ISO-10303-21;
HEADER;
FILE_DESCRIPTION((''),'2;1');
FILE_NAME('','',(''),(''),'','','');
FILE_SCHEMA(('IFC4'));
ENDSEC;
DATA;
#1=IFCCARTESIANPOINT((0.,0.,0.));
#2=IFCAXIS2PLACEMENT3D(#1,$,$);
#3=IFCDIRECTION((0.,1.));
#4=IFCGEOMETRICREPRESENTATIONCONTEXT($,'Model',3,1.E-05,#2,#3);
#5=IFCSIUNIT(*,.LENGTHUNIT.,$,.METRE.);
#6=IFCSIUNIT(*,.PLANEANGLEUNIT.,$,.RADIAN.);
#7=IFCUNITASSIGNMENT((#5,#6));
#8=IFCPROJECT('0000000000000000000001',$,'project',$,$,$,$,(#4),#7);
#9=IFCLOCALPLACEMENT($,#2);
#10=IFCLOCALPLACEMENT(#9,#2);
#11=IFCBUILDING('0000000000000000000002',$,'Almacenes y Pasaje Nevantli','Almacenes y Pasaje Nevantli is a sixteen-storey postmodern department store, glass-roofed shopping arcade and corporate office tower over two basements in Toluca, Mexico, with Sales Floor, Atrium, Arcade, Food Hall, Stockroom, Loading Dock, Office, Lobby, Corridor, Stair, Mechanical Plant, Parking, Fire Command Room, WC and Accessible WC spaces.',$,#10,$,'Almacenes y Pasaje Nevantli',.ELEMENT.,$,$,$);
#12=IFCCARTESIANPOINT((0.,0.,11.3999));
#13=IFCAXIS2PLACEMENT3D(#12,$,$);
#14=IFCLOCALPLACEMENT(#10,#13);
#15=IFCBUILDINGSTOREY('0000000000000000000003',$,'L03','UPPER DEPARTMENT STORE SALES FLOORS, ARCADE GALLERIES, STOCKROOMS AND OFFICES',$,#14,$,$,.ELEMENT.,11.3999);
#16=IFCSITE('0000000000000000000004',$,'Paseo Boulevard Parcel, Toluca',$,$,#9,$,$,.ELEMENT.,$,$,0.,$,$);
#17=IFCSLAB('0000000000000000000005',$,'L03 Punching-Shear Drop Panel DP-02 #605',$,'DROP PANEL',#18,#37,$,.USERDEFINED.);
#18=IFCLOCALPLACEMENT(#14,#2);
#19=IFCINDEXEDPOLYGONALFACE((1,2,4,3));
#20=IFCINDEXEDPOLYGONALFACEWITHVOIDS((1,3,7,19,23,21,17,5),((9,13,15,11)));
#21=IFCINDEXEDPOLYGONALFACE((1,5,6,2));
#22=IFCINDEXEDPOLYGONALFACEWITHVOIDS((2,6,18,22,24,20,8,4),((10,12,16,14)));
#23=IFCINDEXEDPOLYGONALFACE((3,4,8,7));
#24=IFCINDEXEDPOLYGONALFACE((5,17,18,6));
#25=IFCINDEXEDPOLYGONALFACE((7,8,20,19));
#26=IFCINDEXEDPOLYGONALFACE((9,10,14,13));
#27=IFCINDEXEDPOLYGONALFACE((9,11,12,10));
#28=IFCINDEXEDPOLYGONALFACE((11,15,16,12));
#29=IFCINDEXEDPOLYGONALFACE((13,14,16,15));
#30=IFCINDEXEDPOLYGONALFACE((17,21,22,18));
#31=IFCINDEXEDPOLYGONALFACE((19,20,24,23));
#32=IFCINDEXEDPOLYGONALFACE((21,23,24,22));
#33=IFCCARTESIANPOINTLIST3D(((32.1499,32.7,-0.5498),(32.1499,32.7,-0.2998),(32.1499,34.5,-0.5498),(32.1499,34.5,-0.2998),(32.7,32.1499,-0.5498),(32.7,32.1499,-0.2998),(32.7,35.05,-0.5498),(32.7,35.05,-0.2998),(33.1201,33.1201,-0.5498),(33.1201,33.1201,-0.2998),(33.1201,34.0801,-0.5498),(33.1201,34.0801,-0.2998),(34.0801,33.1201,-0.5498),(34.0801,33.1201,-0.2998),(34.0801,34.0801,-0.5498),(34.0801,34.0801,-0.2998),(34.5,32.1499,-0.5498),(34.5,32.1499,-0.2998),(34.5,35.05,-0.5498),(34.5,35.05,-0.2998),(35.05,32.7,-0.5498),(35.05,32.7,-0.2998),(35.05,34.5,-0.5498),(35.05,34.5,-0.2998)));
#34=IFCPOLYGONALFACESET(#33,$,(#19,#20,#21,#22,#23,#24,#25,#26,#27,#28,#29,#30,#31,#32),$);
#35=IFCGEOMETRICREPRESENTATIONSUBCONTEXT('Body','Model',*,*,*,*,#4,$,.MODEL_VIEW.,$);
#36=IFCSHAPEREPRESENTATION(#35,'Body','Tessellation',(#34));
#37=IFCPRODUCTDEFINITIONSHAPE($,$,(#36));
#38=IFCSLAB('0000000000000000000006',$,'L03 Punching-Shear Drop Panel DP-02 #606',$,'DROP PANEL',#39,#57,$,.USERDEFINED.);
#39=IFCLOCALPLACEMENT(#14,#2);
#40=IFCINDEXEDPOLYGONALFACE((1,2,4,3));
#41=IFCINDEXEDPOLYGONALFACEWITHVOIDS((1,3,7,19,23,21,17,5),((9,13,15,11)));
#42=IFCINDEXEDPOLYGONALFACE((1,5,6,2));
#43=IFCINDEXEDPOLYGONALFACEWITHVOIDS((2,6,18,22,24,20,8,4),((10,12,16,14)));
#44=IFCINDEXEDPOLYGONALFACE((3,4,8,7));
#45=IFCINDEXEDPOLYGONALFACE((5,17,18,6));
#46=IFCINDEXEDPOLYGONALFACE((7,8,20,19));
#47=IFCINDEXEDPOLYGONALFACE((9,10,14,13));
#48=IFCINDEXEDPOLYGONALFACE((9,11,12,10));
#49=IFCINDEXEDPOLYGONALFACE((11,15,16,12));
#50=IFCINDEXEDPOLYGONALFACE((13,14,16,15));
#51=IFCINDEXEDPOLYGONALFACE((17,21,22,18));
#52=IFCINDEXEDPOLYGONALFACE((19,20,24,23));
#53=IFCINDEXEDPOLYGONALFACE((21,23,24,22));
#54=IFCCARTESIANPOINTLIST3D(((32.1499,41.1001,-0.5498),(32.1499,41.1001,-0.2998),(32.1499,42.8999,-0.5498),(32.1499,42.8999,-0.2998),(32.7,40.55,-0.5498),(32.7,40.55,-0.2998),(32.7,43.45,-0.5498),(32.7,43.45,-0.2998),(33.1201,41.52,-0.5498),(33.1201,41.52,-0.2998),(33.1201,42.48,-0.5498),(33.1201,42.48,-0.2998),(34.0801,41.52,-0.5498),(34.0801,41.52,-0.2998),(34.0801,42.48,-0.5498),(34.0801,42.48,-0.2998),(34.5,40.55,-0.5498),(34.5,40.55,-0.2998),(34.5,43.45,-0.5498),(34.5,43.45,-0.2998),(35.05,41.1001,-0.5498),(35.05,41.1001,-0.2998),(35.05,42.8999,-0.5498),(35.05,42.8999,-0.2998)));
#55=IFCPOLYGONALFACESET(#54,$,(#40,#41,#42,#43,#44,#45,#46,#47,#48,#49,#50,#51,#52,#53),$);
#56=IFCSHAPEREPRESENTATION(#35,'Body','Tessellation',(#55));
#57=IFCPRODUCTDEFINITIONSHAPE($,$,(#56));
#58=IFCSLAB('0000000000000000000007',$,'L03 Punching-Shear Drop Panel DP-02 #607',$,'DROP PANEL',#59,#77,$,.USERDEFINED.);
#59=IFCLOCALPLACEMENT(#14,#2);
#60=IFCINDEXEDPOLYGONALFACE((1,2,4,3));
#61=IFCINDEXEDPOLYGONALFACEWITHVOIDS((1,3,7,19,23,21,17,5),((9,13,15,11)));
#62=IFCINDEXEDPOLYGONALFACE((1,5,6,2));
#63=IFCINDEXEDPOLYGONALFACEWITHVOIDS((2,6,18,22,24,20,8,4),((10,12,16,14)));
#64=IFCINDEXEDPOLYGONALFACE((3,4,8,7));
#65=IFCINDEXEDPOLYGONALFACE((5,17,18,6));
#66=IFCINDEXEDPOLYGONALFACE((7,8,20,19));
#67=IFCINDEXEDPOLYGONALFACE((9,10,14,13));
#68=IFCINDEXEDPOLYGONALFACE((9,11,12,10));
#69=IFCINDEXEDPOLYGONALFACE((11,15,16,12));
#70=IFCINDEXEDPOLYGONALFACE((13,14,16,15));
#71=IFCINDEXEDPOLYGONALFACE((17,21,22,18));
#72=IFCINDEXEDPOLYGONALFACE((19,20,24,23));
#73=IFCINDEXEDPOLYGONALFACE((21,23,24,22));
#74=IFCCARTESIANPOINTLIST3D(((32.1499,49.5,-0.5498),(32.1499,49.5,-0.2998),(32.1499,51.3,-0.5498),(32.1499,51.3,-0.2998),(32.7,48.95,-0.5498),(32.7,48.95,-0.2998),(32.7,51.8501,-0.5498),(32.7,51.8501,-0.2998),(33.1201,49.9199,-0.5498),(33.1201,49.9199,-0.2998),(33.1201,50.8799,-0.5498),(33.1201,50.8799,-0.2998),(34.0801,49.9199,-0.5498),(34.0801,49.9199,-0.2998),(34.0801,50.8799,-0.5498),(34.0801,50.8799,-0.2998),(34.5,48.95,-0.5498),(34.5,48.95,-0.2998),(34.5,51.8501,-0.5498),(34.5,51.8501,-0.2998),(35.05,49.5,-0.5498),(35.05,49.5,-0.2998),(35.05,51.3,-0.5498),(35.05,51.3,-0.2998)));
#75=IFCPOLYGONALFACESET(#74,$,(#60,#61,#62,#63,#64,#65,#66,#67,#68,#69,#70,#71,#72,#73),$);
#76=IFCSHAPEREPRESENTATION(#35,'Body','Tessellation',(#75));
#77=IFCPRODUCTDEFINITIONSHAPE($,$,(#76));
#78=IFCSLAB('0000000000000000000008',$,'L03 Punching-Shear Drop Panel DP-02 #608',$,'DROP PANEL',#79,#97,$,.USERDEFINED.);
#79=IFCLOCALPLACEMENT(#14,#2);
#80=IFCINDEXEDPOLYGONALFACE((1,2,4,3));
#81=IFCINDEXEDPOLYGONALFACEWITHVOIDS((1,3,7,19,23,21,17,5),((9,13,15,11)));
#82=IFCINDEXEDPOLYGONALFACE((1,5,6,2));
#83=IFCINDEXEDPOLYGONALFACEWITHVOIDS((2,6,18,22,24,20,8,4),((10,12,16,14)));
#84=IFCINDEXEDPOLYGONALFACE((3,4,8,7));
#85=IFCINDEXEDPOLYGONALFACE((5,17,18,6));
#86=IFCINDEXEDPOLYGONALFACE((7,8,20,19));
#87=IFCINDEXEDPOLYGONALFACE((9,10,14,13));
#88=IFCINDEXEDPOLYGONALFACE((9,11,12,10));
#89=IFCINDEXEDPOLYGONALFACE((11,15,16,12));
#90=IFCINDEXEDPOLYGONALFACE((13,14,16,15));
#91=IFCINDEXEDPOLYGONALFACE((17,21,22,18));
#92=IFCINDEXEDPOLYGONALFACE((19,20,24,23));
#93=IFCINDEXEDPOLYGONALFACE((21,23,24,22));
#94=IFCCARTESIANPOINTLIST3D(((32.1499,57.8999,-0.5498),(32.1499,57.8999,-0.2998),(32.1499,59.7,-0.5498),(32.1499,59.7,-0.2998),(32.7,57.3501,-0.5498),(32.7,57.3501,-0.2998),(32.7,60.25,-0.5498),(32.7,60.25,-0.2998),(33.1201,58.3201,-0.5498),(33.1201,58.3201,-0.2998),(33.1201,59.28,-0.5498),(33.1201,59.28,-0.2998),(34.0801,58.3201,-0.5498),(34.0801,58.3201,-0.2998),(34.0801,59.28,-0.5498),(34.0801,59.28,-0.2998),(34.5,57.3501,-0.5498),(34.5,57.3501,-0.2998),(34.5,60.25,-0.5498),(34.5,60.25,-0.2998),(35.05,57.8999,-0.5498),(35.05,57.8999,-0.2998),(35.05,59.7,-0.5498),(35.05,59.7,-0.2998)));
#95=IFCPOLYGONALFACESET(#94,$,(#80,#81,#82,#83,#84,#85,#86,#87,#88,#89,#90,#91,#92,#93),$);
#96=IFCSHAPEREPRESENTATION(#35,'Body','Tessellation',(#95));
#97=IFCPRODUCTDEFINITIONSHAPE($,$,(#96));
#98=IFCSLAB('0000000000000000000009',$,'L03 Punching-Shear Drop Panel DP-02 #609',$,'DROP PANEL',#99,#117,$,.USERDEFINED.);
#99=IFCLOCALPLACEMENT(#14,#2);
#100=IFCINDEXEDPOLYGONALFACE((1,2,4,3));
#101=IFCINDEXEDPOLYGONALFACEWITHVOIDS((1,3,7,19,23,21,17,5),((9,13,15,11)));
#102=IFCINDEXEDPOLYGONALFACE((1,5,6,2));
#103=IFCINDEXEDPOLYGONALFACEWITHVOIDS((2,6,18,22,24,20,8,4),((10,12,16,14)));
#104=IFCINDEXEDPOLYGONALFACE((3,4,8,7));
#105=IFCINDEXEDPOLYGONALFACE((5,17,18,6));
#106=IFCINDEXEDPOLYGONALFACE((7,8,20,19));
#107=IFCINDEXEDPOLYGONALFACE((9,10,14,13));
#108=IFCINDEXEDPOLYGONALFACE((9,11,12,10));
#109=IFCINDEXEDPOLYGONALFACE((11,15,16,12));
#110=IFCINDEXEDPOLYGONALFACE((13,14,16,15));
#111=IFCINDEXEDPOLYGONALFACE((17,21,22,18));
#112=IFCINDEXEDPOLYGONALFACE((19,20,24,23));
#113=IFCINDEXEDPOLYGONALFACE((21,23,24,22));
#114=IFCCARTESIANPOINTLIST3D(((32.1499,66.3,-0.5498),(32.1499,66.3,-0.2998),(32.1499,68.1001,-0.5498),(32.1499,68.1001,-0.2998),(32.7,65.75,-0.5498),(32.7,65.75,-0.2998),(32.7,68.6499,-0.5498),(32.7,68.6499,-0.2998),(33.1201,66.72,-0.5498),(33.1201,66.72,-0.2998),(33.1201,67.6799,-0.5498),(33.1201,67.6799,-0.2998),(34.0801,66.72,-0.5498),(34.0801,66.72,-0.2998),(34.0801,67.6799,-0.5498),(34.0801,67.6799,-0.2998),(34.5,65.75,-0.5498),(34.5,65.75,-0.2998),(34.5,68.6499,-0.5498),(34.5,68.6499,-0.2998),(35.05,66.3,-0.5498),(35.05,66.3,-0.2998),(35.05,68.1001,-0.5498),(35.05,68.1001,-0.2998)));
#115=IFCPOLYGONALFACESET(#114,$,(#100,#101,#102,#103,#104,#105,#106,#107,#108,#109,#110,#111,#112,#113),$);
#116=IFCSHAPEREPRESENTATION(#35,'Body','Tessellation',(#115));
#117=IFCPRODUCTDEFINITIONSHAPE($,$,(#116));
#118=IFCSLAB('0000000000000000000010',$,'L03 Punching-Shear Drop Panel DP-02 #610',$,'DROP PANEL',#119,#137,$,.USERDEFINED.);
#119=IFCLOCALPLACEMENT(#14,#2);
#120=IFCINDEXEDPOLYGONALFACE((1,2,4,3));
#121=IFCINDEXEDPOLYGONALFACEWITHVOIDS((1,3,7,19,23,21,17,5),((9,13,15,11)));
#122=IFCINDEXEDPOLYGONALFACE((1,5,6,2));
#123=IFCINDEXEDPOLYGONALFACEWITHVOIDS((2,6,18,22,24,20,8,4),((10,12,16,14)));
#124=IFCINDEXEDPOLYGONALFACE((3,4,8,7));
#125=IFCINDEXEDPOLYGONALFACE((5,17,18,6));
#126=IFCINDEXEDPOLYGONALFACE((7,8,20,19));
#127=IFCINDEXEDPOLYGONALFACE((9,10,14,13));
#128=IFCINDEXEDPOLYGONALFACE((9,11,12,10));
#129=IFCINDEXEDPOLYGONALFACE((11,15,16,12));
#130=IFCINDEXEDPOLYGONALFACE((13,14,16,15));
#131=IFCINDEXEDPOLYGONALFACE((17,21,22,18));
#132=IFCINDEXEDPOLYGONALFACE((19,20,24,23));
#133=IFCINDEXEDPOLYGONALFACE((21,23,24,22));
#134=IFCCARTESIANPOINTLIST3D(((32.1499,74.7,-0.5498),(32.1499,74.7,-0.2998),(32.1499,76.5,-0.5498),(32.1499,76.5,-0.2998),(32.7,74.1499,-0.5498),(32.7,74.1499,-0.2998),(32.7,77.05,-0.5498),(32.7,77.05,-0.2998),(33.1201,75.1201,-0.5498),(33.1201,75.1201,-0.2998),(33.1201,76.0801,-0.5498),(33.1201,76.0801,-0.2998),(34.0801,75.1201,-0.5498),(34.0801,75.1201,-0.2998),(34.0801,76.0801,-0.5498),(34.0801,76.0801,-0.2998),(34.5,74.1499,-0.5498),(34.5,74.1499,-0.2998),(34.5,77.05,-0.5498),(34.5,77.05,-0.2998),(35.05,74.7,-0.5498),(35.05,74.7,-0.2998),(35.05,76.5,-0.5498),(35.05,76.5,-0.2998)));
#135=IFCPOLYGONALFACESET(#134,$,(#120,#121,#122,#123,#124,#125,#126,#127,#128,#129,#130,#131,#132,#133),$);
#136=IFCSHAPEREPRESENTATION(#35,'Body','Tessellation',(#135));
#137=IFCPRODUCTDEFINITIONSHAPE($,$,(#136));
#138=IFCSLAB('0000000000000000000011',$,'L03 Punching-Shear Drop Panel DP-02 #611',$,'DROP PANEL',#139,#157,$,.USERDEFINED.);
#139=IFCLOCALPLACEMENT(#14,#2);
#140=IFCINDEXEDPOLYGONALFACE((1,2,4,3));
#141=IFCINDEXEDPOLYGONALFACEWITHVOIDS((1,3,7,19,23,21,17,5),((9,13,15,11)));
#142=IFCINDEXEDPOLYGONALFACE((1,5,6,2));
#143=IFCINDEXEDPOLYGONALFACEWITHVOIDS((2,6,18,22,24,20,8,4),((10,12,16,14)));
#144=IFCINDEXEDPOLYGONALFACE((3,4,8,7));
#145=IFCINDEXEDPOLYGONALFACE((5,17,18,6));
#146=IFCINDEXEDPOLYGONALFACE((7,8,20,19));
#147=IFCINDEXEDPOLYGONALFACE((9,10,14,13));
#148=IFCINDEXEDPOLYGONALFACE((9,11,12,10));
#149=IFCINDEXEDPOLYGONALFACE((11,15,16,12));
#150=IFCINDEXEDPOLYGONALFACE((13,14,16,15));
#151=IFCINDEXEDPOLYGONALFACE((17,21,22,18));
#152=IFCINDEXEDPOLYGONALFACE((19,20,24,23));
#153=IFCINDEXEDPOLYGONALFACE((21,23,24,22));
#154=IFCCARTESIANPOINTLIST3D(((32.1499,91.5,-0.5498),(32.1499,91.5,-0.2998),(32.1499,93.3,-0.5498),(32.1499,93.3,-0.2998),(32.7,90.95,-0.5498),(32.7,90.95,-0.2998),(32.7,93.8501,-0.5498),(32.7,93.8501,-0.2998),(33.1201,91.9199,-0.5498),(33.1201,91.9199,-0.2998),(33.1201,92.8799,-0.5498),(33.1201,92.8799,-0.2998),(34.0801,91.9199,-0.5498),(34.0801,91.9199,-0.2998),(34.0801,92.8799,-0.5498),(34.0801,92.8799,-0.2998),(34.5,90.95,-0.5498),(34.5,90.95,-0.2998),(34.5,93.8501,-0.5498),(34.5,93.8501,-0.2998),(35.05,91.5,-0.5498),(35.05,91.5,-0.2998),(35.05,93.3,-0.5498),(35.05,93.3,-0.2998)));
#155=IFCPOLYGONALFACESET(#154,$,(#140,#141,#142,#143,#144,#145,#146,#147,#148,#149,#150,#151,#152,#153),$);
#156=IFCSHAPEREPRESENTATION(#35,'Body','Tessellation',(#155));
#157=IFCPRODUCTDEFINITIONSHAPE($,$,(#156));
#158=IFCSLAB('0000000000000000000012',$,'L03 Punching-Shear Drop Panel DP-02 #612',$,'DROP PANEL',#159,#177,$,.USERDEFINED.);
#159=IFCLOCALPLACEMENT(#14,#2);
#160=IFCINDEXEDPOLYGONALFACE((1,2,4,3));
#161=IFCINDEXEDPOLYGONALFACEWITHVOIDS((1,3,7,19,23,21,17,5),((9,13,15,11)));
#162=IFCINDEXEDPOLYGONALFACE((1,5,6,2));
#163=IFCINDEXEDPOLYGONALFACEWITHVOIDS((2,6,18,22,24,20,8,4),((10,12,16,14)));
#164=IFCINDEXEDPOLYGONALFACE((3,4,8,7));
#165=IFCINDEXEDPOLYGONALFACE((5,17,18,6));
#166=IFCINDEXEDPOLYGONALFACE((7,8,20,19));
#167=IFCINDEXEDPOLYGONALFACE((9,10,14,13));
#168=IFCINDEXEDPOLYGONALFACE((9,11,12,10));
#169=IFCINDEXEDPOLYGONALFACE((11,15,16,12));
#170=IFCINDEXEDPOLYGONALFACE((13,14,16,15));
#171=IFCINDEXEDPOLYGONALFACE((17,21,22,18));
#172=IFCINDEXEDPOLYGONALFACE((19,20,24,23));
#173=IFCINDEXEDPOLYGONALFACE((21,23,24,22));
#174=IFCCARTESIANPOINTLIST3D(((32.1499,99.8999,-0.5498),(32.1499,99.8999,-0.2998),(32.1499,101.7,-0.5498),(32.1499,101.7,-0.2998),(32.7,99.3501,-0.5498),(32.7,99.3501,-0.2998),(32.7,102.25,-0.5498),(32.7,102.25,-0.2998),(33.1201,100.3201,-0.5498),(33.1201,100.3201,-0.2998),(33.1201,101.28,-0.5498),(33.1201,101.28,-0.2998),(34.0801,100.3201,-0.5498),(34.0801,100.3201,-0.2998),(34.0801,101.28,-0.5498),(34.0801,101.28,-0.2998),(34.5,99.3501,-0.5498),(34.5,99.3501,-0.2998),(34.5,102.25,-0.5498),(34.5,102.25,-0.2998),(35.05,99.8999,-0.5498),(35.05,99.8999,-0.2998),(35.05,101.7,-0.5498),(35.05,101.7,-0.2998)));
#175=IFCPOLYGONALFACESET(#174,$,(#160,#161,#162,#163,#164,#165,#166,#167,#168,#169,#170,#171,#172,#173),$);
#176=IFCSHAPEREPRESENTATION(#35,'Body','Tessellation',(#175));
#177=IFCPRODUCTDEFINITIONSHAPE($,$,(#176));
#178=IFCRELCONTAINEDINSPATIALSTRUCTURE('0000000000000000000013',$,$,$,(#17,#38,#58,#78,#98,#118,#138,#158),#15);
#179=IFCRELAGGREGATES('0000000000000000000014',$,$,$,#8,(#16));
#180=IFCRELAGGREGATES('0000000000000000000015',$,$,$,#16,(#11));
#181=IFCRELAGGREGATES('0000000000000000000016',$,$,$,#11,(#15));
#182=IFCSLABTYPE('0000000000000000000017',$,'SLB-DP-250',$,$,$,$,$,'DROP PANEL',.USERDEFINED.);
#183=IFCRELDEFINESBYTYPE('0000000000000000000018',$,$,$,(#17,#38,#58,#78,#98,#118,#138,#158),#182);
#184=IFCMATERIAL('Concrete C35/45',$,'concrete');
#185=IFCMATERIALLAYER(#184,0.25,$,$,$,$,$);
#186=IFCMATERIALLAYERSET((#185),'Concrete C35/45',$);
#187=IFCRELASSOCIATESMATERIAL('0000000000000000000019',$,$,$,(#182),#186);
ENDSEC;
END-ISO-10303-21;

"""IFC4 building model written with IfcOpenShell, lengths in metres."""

from ifc_helpers import new_model, si_unit, direction, frame, origin, place, context, subcontext, project, spatial, polyline, outline, extrude, material, layer, layer_set, type_object, element, save


model = new_model("IFC4")

# Units and contexts
model_context = context("Model", 3, precision=1e-05, world=origin(), true_north=direction((0.0, 1.0)))
body_context = subcontext(model_context, "Body", "Model", "MODEL_VIEW")
ifc_project = project(units=[si_unit("LENGTHUNIT", "METRE"), si_unit("PLANEANGLEUNIT", "RADIAN")], contexts=[model_context])

# Site, building, storey
site_placement = place(None, origin())
site = spatial("IfcSite", under=ifc_project, at=site_placement, Name="Paseo Boulevard Parcel, Toluca", CompositionType="ELEMENT", RefElevation=0.0)
building_placement = place(site_placement, origin())
building = spatial("IfcBuilding", under=site, at=building_placement, Name="Almacenes y Pasaje Nevantli", Description="Almacenes y Pasaje Nevantli is a sixteen-storey postmodern department store, glass-roofed shopping arcade and corporate office tower over two basements in Toluca, Mexico, with Sales Floor, Atrium, Arcade, Food Hall, Stockroom, Loading Dock, Office, Lobby, Corridor, Stair, Mechanical Plant, Parking, Fire Command Room, WC and Accessible WC spaces.", LongName="Almacenes y Pasaje Nevantli", CompositionType="ELEMENT")
storey_placement = place(building_placement, frame((0.0, 0.0, 11.3999)))
storey = spatial("IfcBuildingStorey", under=building, at=storey_placement, Name="L03", Description="UPPER DEPARTMENT STORE SALES FLOORS, ARCADE GALLERIES, STOCKROOMS AND OFFICES", CompositionType="ELEMENT", Elevation=11.3999)

# Slabs
ifc_material = material(Name="Concrete C35/45", Category="concrete")
ifc_layer = layer(ifc_material, 0.25)
ifc_layer_set = layer_set([ifc_layer], Name="Concrete C35/45")
slab_type = type_object("IfcSlabType", Name="SLB-DP-250", ElementType="DROP PANEL", PredefinedType="USERDEFINED", material=ifc_layer_set)
slab_1_placement = place(storey_placement, frame((0.0, 0.0, -0.5498)))
element("IfcSlab", 1, at=slab_1_placement, inside=storey, type_object=slab_type, Name="L03 Punching-Shear Drop Panel DP-02 #605", ObjectType="DROP PANEL", PredefinedType="USERDEFINED", context=body_context, shape_type="SweptSolid", body=[
    extrude(outline(polyline([(32.7, 32.1499), (34.5, 32.1499), (35.05, 32.7), (35.05, 34.5), (34.5, 35.05), (32.7, 35.05), (32.1499, 34.5), (32.1499, 32.7), (32.7, 32.1499)]), holes=[polyline([(33.1201, 33.1201), (34.0801, 33.1201), (34.0801, 34.0801), (33.1201, 34.0801), (33.1201, 33.1201)])]), origin(), (0.0, 0.0, 1.0), 0.25),
])
slab_2_placement = place(storey_placement, frame((0.0, 0.0, -0.5498)))
element("IfcSlab", 2, at=slab_2_placement, inside=storey, type_object=slab_type, Name="L03 Punching-Shear Drop Panel DP-02 #606", ObjectType="DROP PANEL", PredefinedType="USERDEFINED", context=body_context, shape_type="SweptSolid", body=[
    extrude(outline(polyline([(32.7, 40.55), (34.5, 40.55), (35.05, 41.1001), (35.05, 42.8999), (34.5, 43.45), (32.7, 43.45), (32.1499, 42.8999), (32.1499, 41.1001), (32.7, 40.55)]), holes=[polyline([(33.1201, 41.52), (34.0801, 41.52), (34.0801, 42.48), (33.1201, 42.48), (33.1201, 41.52)])]), origin(), (0.0, 0.0, 1.0), 0.25),
])
slab_3_placement = place(storey_placement, frame((0.0, 0.0, -0.5498)))
element("IfcSlab", 3, at=slab_3_placement, inside=storey, type_object=slab_type, Name="L03 Punching-Shear Drop Panel DP-02 #607", ObjectType="DROP PANEL", PredefinedType="USERDEFINED", context=body_context, shape_type="SweptSolid", body=[
    extrude(outline(polyline([(32.7, 48.95), (34.5, 48.95), (35.05, 49.5), (35.05, 51.3), (34.5, 51.8501), (32.7, 51.8501), (32.1499, 51.3), (32.1499, 49.5), (32.7, 48.95)]), holes=[polyline([(33.1201, 49.9199), (34.0801, 49.9199), (34.0801, 50.8799), (33.1201, 50.8799), (33.1201, 49.9199)])]), origin(), (0.0, 0.0, 1.0), 0.25),
])
slab_4_placement = place(storey_placement, frame((0.0, 0.0, -0.5498)))
element("IfcSlab", 4, at=slab_4_placement, inside=storey, type_object=slab_type, Name="L03 Punching-Shear Drop Panel DP-02 #608", ObjectType="DROP PANEL", PredefinedType="USERDEFINED", context=body_context, shape_type="SweptSolid", body=[
    extrude(outline(polyline([(32.7, 57.3501), (34.5, 57.3501), (35.05, 57.8999), (35.05, 59.7), (34.5, 60.25), (32.7, 60.25), (32.1499, 59.7), (32.1499, 57.8999), (32.7, 57.3501)]), holes=[polyline([(33.1201, 58.3201), (34.0801, 58.3201), (34.0801, 59.28), (33.1201, 59.28), (33.1201, 58.3201)])]), origin(), (0.0, 0.0, 1.0), 0.25),
])
slab_5_placement = place(storey_placement, frame((0.0, 0.0, -0.5498)))
element("IfcSlab", 5, at=slab_5_placement, inside=storey, type_object=slab_type, Name="L03 Punching-Shear Drop Panel DP-02 #609", ObjectType="DROP PANEL", PredefinedType="USERDEFINED", context=body_context, shape_type="SweptSolid", body=[
    extrude(outline(polyline([(32.7, 65.75), (34.5, 65.75), (35.05, 66.3), (35.05, 68.1001), (34.5, 68.6499), (32.7, 68.6499), (32.1499, 68.1001), (32.1499, 66.3), (32.7, 65.75)]), holes=[polyline([(33.1201, 66.72), (34.0801, 66.72), (34.0801, 67.6799), (33.1201, 67.6799), (33.1201, 66.72)])]), origin(), (0.0, 0.0, 1.0), 0.25),
])
slab_6_placement = place(storey_placement, frame((0.0, 0.0, -0.5498)))
element("IfcSlab", 6, at=slab_6_placement, inside=storey, type_object=slab_type, Name="L03 Punching-Shear Drop Panel DP-02 #610", ObjectType="DROP PANEL", PredefinedType="USERDEFINED", context=body_context, shape_type="SweptSolid", body=[
    extrude(outline(polyline([(32.7, 74.1499), (34.5, 74.1499), (35.05, 74.7), (35.05, 76.5), (34.5, 77.05), (32.7, 77.05), (32.1499, 76.5), (32.1499, 74.7), (32.7, 74.1499)]), holes=[polyline([(33.1201, 75.1201), (34.0801, 75.1201), (34.0801, 76.0801), (33.1201, 76.0801), (33.1201, 75.1201)])]), origin(), (0.0, 0.0, 1.0), 0.25),
])
slab_7_placement = place(storey_placement, frame((0.0, 0.0, -0.5498)))
element("IfcSlab", 7, at=slab_7_placement, inside=storey, type_object=slab_type, Name="L03 Punching-Shear Drop Panel DP-02 #611", ObjectType="DROP PANEL", PredefinedType="USERDEFINED", context=body_context, shape_type="SweptSolid", body=[
    extrude(outline(polyline([(32.7, 90.95), (34.5, 90.95), (35.05, 91.5), (35.05, 93.3), (34.5, 93.8501), (32.7, 93.8501), (32.1499, 93.3), (32.1499, 91.5), (32.7, 90.95)]), holes=[polyline([(33.1201, 91.9199), (34.0801, 91.9199), (34.0801, 92.8799), (33.1201, 92.8799), (33.1201, 91.9199)])]), origin(), (0.0, 0.0, 1.0), 0.25),
])
slab_8_placement = place(storey_placement, frame((0.0, 0.0, -0.5498)))
element("IfcSlab", 8, at=slab_8_placement, inside=storey, type_object=slab_type, Name="L03 Punching-Shear Drop Panel DP-02 #612", ObjectType="DROP PANEL", PredefinedType="USERDEFINED", context=body_context, shape_type="SweptSolid", body=[
    extrude(outline(polyline([(32.7, 99.3501), (34.5, 99.3501), (35.05, 99.8999), (35.05, 101.7), (34.5, 102.25), (32.7, 102.25), (32.1499, 101.7), (32.1499, 99.8999), (32.7, 99.3501)]), holes=[polyline([(33.1201, 100.3201), (34.0801, 100.3201), (34.0801, 101.28), (33.1201, 101.28), (33.1201, 100.3201)])]), origin(), (0.0, 0.0, 1.0), 0.25),
])

save(model, "model.ifc")
